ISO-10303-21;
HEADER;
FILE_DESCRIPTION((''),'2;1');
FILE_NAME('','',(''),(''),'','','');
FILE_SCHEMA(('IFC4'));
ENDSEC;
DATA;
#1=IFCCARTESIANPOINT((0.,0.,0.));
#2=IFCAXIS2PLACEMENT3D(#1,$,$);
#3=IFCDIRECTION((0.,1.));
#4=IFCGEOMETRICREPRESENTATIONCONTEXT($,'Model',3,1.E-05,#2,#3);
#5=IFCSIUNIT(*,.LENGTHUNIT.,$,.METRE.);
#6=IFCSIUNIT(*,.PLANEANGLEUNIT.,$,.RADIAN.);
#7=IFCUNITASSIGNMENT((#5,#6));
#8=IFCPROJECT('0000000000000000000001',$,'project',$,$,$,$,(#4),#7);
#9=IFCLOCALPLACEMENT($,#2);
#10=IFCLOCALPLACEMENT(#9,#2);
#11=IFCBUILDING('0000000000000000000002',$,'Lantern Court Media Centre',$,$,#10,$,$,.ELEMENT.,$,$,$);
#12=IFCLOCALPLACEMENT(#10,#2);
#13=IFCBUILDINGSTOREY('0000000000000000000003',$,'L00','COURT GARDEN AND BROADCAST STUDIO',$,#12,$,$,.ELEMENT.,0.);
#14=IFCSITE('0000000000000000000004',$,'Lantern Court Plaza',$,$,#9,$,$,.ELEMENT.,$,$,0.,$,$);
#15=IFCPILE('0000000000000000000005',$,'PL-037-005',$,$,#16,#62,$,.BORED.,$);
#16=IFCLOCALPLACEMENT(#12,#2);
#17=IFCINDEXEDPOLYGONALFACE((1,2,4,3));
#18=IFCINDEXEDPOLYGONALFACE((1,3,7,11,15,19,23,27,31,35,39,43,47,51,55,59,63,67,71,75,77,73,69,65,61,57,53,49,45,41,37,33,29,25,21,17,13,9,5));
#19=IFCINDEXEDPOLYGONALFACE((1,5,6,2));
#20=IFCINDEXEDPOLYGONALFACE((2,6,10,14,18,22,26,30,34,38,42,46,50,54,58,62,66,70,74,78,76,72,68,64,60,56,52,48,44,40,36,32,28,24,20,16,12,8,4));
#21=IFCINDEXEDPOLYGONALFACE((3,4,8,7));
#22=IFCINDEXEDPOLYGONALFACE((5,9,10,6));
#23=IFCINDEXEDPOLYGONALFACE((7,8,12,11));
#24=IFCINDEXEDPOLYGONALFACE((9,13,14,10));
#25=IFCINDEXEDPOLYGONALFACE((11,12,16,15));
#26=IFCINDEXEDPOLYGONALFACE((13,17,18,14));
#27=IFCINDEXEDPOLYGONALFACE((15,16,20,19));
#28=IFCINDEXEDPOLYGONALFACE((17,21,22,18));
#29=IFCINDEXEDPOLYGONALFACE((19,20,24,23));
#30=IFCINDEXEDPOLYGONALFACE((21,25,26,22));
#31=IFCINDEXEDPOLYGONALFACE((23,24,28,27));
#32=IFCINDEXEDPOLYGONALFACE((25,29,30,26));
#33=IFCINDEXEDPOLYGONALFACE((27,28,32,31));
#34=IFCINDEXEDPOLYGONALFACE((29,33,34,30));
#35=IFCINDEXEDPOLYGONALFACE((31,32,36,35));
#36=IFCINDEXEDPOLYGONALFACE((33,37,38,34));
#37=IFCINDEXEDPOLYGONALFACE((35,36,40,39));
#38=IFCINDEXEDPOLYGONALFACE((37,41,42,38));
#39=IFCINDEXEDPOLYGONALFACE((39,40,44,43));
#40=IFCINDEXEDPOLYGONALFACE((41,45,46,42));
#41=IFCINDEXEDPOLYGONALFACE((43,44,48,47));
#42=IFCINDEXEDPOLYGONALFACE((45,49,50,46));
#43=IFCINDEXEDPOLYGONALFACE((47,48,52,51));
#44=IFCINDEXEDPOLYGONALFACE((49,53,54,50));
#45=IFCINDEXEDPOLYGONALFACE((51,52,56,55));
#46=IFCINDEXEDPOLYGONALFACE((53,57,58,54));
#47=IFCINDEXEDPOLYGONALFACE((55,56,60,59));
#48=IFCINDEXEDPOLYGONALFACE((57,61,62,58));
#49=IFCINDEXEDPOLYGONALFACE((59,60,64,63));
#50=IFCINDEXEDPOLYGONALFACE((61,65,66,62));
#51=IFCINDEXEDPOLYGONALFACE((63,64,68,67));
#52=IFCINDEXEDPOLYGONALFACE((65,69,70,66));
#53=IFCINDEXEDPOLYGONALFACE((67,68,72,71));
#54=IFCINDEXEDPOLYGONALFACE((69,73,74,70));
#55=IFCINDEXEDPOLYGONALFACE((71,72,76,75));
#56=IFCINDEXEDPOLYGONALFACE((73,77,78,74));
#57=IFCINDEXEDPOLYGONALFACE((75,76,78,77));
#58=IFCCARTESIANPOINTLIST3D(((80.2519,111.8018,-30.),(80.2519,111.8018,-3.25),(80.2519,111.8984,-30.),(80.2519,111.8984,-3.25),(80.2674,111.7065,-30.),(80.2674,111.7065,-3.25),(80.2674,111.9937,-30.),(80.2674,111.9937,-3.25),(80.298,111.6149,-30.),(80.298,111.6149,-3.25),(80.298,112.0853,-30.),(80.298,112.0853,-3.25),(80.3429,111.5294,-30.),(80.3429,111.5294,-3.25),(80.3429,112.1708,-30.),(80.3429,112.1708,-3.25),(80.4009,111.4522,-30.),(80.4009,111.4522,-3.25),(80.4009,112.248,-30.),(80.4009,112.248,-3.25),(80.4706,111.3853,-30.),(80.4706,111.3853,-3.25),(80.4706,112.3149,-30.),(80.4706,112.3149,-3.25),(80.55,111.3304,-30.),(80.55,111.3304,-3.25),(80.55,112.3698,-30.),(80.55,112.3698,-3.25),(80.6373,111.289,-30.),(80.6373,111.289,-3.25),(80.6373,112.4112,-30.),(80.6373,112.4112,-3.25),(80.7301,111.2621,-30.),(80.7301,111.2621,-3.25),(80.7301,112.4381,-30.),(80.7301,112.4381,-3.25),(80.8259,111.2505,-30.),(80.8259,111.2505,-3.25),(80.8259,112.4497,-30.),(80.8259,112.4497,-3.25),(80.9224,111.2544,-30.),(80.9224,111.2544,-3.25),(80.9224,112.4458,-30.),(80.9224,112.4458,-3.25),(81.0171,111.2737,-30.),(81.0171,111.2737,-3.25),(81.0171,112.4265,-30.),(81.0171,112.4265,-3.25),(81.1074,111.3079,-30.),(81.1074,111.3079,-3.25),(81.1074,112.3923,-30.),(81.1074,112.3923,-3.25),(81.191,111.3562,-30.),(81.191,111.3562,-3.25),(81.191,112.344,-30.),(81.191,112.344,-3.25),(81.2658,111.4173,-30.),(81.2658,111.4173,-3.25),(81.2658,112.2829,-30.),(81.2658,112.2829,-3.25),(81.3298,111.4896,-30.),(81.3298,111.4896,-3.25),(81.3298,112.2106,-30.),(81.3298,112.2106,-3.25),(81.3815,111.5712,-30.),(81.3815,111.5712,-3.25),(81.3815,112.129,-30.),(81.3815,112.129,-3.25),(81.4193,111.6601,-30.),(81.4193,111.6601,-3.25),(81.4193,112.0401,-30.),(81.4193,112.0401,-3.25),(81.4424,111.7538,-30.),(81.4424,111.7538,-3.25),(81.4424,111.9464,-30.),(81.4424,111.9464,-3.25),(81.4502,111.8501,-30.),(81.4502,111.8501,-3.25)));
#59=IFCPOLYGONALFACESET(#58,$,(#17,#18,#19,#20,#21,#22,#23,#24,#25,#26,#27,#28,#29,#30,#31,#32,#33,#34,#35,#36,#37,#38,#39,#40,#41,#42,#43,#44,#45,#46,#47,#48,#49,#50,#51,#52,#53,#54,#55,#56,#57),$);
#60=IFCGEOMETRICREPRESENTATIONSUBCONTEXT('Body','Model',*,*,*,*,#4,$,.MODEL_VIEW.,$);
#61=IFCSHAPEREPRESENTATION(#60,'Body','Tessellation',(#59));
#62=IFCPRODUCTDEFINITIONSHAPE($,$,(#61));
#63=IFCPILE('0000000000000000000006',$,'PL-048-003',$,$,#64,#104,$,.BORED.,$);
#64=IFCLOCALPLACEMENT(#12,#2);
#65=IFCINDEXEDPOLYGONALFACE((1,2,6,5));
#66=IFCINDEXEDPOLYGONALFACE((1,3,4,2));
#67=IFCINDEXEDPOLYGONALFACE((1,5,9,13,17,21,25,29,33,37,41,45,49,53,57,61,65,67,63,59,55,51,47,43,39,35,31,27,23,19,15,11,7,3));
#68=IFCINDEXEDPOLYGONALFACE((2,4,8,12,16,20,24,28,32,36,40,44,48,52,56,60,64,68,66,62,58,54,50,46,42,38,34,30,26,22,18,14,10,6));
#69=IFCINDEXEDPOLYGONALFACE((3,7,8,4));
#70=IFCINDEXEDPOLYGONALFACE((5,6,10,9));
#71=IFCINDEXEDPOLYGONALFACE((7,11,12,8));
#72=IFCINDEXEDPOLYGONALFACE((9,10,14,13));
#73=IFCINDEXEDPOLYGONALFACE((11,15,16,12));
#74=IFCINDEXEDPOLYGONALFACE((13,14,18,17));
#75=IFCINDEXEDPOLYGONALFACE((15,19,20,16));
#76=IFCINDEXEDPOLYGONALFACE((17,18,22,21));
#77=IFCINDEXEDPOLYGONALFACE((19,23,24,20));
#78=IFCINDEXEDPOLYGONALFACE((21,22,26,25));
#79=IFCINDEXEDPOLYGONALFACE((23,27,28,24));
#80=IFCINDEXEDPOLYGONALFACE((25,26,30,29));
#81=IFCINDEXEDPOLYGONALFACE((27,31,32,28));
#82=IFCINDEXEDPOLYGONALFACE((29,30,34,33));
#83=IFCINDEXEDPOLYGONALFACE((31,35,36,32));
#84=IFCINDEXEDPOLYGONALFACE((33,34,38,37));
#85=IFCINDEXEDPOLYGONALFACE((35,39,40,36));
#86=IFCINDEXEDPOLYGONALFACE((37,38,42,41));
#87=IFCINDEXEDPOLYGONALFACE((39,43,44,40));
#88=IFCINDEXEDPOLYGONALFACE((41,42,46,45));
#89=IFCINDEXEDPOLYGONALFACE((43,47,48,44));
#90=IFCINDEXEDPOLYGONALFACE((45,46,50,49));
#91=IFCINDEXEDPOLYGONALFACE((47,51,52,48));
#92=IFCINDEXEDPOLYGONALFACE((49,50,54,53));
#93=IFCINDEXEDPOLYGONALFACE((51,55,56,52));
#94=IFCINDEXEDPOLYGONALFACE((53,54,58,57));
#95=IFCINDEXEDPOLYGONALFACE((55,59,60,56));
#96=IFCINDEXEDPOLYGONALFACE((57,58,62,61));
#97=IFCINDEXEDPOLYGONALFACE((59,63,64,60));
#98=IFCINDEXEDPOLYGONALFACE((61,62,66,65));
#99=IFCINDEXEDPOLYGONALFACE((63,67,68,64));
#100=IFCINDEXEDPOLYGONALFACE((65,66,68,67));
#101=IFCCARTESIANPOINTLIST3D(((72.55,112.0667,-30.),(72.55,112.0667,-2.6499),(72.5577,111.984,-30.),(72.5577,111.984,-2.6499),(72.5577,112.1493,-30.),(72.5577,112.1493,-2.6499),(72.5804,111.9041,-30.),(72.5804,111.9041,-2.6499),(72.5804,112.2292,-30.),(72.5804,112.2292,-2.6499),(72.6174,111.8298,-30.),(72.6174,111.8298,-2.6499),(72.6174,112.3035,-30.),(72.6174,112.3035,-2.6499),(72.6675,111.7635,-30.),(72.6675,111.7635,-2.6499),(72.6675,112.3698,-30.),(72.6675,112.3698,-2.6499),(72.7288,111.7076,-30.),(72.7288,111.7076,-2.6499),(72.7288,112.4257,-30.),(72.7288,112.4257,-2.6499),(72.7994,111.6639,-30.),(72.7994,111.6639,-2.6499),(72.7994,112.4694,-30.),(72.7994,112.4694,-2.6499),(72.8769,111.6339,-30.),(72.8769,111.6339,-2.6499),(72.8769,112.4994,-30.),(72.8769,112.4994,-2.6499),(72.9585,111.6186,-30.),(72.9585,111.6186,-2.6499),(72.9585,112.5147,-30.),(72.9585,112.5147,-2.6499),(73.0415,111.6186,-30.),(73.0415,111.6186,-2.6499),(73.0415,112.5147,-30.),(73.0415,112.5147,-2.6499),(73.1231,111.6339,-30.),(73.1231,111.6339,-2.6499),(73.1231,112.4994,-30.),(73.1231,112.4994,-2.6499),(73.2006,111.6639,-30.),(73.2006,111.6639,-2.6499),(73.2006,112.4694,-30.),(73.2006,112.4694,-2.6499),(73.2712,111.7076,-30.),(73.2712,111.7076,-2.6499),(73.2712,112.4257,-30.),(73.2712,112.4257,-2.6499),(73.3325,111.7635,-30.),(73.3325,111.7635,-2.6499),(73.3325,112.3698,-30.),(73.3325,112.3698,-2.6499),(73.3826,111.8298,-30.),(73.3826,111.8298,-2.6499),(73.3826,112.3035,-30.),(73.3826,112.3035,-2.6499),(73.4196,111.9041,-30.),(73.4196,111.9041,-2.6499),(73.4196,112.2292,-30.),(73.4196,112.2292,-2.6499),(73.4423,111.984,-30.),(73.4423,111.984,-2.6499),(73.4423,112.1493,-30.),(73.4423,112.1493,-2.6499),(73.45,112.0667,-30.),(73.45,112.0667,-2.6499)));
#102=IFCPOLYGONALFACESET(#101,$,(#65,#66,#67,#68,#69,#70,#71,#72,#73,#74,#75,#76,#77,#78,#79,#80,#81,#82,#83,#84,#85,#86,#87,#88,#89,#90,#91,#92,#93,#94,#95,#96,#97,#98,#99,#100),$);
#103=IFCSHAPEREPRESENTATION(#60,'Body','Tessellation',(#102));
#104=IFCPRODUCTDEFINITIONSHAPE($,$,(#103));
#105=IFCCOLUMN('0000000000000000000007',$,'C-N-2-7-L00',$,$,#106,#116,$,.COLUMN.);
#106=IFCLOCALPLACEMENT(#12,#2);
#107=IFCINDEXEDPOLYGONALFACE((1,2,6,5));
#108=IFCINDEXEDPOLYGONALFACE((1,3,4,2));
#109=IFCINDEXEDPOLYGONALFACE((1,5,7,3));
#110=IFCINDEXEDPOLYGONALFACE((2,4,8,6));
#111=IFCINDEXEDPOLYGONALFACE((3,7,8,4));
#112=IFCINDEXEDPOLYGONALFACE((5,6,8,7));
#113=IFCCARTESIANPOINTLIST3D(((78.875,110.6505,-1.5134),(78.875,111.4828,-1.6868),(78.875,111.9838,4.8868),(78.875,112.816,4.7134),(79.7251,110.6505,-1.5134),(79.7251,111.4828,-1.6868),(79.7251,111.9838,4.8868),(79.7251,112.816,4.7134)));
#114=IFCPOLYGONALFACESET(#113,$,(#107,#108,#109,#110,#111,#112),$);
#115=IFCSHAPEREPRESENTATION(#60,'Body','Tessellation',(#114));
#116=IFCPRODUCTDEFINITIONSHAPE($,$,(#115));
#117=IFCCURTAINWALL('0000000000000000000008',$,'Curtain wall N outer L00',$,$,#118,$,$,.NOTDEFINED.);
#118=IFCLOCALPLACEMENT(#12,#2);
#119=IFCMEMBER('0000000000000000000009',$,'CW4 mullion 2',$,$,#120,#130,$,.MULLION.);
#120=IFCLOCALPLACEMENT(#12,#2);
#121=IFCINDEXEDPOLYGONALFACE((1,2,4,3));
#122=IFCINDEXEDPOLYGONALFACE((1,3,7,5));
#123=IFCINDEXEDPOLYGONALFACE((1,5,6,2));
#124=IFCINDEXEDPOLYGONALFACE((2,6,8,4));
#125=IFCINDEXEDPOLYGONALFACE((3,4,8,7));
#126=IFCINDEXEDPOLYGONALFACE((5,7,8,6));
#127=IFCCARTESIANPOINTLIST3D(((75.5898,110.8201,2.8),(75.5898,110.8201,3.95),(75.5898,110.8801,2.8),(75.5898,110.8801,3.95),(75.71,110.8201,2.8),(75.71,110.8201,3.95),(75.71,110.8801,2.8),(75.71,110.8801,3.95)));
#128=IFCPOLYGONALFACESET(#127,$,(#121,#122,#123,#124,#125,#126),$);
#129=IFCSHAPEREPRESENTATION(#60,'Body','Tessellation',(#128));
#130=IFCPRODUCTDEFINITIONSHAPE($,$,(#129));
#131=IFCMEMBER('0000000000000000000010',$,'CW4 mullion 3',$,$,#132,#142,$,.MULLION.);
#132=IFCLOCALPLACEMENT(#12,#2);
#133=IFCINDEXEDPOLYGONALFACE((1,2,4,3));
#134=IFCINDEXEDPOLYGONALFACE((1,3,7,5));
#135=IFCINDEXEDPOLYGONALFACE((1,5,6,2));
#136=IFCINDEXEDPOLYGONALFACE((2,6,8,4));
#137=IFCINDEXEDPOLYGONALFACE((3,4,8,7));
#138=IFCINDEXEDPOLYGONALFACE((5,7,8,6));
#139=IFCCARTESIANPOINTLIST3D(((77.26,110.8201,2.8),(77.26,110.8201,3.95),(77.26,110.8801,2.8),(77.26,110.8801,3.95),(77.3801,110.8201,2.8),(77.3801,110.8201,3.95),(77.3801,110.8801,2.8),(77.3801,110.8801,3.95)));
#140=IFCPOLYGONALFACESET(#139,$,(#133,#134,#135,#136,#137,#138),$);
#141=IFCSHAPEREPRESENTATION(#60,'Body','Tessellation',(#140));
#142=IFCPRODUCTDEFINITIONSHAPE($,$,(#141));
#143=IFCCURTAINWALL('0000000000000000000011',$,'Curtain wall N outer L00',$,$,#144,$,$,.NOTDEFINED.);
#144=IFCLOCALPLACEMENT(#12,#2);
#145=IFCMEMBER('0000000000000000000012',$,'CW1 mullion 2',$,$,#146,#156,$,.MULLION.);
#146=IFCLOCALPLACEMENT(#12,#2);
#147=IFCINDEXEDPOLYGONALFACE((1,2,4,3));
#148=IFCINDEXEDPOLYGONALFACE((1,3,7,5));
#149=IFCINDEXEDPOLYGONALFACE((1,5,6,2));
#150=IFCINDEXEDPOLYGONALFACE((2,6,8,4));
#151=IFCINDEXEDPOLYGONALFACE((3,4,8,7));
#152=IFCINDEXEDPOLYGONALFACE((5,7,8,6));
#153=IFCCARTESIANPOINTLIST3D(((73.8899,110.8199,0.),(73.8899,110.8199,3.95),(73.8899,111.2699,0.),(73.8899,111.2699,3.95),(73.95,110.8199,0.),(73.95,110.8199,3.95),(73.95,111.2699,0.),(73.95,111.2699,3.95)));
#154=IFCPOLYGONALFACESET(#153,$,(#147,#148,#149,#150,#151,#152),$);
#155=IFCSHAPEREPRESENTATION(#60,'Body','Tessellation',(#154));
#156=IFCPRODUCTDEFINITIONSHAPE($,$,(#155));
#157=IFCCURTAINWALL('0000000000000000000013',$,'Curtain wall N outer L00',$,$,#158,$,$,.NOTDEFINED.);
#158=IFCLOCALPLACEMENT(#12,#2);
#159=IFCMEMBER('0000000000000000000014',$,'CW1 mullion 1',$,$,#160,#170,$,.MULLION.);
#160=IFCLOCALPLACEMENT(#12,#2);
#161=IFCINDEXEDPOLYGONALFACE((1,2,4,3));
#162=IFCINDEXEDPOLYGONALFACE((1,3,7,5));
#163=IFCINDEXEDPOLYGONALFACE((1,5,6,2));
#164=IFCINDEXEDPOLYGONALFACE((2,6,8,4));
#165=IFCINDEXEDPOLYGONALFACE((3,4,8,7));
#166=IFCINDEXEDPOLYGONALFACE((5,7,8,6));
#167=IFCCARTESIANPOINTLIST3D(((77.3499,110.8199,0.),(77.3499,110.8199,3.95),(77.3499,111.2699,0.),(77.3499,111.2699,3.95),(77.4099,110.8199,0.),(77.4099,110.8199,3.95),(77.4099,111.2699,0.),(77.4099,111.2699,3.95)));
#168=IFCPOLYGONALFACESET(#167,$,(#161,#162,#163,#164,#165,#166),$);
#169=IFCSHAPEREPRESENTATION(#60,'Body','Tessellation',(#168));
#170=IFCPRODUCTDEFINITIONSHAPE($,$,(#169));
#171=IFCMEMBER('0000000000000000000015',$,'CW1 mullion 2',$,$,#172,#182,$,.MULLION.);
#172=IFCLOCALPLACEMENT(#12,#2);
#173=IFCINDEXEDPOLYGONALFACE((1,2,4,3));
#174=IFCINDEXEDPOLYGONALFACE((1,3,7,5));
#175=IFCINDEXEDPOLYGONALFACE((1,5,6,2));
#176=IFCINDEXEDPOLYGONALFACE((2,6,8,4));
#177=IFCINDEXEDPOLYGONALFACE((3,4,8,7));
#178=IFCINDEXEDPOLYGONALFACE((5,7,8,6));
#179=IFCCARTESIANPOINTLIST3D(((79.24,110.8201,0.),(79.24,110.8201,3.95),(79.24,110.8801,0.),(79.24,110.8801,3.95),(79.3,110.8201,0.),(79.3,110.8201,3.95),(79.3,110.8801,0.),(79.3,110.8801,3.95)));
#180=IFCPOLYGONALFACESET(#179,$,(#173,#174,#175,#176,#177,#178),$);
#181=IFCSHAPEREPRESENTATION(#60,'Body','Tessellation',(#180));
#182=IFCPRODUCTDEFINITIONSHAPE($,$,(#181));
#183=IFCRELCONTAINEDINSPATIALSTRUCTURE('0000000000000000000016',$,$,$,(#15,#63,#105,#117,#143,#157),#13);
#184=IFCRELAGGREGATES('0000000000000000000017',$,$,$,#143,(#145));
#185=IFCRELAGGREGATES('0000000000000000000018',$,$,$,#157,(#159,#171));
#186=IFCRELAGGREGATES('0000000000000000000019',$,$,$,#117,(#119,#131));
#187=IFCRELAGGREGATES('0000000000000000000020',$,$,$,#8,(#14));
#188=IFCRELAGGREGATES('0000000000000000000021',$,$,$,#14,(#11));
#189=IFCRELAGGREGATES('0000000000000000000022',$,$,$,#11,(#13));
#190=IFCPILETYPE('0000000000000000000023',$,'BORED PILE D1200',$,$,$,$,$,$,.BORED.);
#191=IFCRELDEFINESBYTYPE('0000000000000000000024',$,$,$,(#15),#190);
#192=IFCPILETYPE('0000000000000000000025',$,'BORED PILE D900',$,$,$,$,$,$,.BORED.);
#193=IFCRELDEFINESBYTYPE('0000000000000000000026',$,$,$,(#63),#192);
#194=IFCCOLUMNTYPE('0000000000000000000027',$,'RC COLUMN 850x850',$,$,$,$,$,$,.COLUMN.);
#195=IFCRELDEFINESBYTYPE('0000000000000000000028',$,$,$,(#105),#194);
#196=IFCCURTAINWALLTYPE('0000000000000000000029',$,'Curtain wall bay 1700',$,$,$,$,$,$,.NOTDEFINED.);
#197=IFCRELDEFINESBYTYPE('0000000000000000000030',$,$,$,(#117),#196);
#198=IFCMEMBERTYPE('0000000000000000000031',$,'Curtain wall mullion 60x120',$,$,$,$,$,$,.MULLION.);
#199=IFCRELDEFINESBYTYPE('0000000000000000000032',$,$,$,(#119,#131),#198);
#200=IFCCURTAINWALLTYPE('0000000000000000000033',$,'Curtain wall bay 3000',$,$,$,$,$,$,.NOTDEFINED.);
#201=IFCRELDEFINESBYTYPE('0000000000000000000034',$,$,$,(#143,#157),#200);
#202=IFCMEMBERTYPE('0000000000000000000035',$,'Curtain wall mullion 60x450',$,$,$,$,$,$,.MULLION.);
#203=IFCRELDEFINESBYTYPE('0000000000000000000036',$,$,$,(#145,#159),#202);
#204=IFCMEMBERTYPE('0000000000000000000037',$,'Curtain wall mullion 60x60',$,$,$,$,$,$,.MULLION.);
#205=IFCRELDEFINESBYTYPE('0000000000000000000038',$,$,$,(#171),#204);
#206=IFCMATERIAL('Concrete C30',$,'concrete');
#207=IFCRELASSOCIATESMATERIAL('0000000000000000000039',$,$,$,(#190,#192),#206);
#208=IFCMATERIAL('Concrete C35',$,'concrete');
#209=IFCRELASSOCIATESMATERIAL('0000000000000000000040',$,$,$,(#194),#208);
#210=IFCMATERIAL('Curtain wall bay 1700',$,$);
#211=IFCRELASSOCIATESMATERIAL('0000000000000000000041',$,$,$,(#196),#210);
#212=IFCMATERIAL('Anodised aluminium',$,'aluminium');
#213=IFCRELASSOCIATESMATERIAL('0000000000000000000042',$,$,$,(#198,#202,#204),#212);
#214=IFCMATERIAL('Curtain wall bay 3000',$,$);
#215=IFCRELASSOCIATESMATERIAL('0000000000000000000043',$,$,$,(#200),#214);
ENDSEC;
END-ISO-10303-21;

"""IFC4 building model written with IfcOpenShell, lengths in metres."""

from ifc_helpers import new_model, si_unit, direction, frame, origin, origin_2d, place, context, subcontext, project, spatial, rectangle, circle, extrude, material, material_profile, profile_set, type_object, element, aggregate, save


model = new_model("IFC4")

# Units and contexts
model_context = context("Model", 3, precision=1e-05, world=origin(), true_north=direction((0.0, 1.0)))
body_context = subcontext(model_context, "Body", "Model", "MODEL_VIEW")
ifc_project = project(units=[si_unit("LENGTHUNIT", "METRE"), si_unit("PLANEANGLEUNIT", "RADIAN")], contexts=[model_context])

# Site, building, storey
site_placement = place(None, origin())
site = spatial("IfcSite", under=ifc_project, at=site_placement, Name="Lantern Court Plaza", CompositionType="ELEMENT", RefElevation=0.0)
building_placement = place(site_placement, origin())
building = spatial("IfcBuilding", under=site, at=building_placement, Name="Lantern Court Media Centre", CompositionType="ELEMENT")
storey_placement = place(building_placement, origin())
storey = spatial("IfcBuildingStorey", under=building, at=storey_placement, Name="L00", Description="COURT GARDEN AND BROADCAST STUDIO", CompositionType="ELEMENT", Elevation=0.0)

# Piles
ifc_material_1 = material(Name="Concrete C30", Category="concrete")
ifc_material_profile_1 = material_profile(ifc_material_1, circle(Radius=0.6001, at=origin_2d()), Name="D1200")
ifc_profile_set_1 = profile_set([ifc_material_profile_1], Name="Concrete C30")
pile_type_1 = type_object("IfcPileType", Name="BORED PILE D1200", PredefinedType="BORED", material=ifc_profile_set_1)
pile_1_placement = place(storey_placement, frame((80.8501, 111.8501, -3.25), z_axis=(0.0, 0.0, -1.0), x_axis=(1.0, 0.0, 0.0)))
element("IfcPile", 1, at=pile_1_placement, inside=storey, type_object=pile_type_1, Name="PL-037-005", PredefinedType="BORED", context=body_context, shape_type="SweptSolid", body=[
    extrude(circle(Radius=0.6001, at=origin_2d()), origin(), (0.0, 0.0, 1.0), 26.75),
])
ifc_material_profile_2 = material_profile(ifc_material_1, circle(Radius=0.45, at=origin_2d()), Name="D900")
ifc_profile_set_2 = profile_set([ifc_material_profile_2], Name="Concrete C30")
pile_type_2 = type_object("IfcPileType", Name="BORED PILE D900", PredefinedType="BORED", material=ifc_profile_set_2)
pile_2_placement = place(storey_placement, frame((73.0, 112.0667, -2.6499), z_axis=(0.0, 0.0, -1.0), x_axis=(1.0, 0.0, 0.0)))
element("IfcPile", 2, at=pile_2_placement, inside=storey, type_object=pile_type_2, Name="PL-048-003", PredefinedType="BORED", context=body_context, shape_type="SweptSolid", body=[
    extrude(circle(Radius=0.45, at=origin_2d()), origin(), (0.0, 0.0, 1.0), 27.3501),
])

# Column
ifc_material_2 = material(Name="Concrete C35", Category="concrete")
ifc_material_profile_3 = material_profile(ifc_material_2, rectangle(XDim=0.8501, YDim=0.8501, at=origin_2d()), Name="RC 850x850")
ifc_profile_set_3 = profile_set([ifc_material_profile_3], Name="Concrete C35")
column_type = type_object("IfcColumnType", Name="RC COLUMN 850x850", PredefinedType="COLUMN", material=ifc_profile_set_3)
column_placement = place(storey_placement, frame((79.3, 111.0667, -1.6001), z_axis=(0.0, 0.203938, 0.978984), x_axis=(-1.0, 0.0, 0.0)))
element("IfcColumn", 3, at=column_placement, inside=storey, type_object=column_type, Name="C-N-2-7-L00", PredefinedType="COLUMN", context=body_context, shape_type="SweptSolid", body=[
    extrude(rectangle(XDim=0.8501, YDim=0.8501, at=origin_2d()), origin(), (0.0, 0.0, 1.0), 6.5376),
])

# Curtain wall, members
ifc_material_3 = material(Name="Curtain wall bay 1700")
curtain_wall_type_1 = type_object("IfcCurtainWallType", Name="Curtain wall bay 1700", PredefinedType="NOTDEFINED", material=ifc_material_3)
curtain_wall_1_placement = place(storey_placement, origin())
curtain_wall_1 = element("IfcCurtainWall", 4, at=curtain_wall_1_placement, inside=storey, type_object=curtain_wall_type_1, Name="Curtain wall N outer L00", PredefinedType="NOTDEFINED")
ifc_material_4 = material(Name="Anodised aluminium", Category="aluminium")
ifc_material_profile_4 = material_profile(ifc_material_4, rectangle(XDim=0.0601, YDim=0.1201, at=origin_2d()), Name="AL 60x120")
ifc_profile_set_4 = profile_set([ifc_material_profile_4], Name="Anodised aluminium")
member_type_1 = type_object("IfcMemberType", Name="Curtain wall mullion 60x120", PredefinedType="MULLION", material=ifc_profile_set_4)
member_1_placement = place(storey_placement, frame((75.6499, 110.8501, 2.8), z_axis=(0.0, 0.0, 1.0), x_axis=(0.0, 1.0, 0.0)))
member_1 = element("IfcMember", 5, at=member_1_placement, type_object=member_type_1, Name="CW4 mullion 2", PredefinedType="MULLION", context=body_context, shape_type="SweptSolid", body=[
    extrude(rectangle(XDim=0.0601, YDim=0.1201, at=origin_2d()), origin(), (0.0, 0.0, 1.0), 1.1499),
])
member_2_placement = place(storey_placement, frame((77.3201, 110.8501, 2.8), z_axis=(0.0, 0.0, 1.0), x_axis=(0.0, 1.0, 0.0)))
member_2 = element("IfcMember", 6, at=member_2_placement, type_object=member_type_1, Name="CW4 mullion 3", PredefinedType="MULLION", context=body_context, shape_type="SweptSolid", body=[
    extrude(rectangle(XDim=0.0601, YDim=0.1201, at=origin_2d()), origin(), (0.0, 0.0, 1.0), 1.1499),
])

# Curtain wall, member
ifc_material_5 = material(Name="Curtain wall bay 3000")
curtain_wall_type_2 = type_object("IfcCurtainWallType", Name="Curtain wall bay 3000", PredefinedType="NOTDEFINED", material=ifc_material_5)
curtain_wall_2_placement = place(storey_placement, origin())
curtain_wall_2 = element("IfcCurtainWall", 7, at=curtain_wall_2_placement, inside=storey, type_object=curtain_wall_type_2, Name="Curtain wall N outer L00", PredefinedType="NOTDEFINED")
ifc_material_profile_5 = material_profile(ifc_material_4, rectangle(XDim=0.45, YDim=0.0601, at=origin_2d()), Name="AL 60x450")
ifc_profile_set_5 = profile_set([ifc_material_profile_5], Name="Anodised aluminium")
member_type_2 = type_object("IfcMemberType", Name="Curtain wall mullion 60x450", PredefinedType="MULLION", material=ifc_profile_set_5)
member_3_placement = place(storey_placement, frame((73.9199, 111.0449, 0.0), z_axis=(0.0, 0.0, 1.0), x_axis=(0.0, 1.0, 0.0)))
member_3 = element("IfcMember", 8, at=member_3_placement, type_object=member_type_2, Name="CW1 mullion 2", PredefinedType="MULLION", context=body_context, shape_type="SweptSolid", body=[
    extrude(rectangle(XDim=0.45, YDim=0.0601, at=origin_2d()), origin(), (0.0, 0.0, 1.0), 3.95),
])
aggregate(curtain_wall_2, [member_3])

# Curtain wall, members
curtain_wall_3_placement = place(storey_placement, origin())
curtain_wall_3 = element("IfcCurtainWall", 9, at=curtain_wall_3_placement, inside=storey, type_object=curtain_wall_type_2, Name="Curtain wall N outer L00", PredefinedType="NOTDEFINED")
member_4_placement = place(storey_placement, frame((77.3799, 111.0449, 0.0), z_axis=(0.0, 0.0, 1.0), x_axis=(0.0, 1.0, 0.0)))
member_4 = element("IfcMember", 10, at=member_4_placement, type_object=member_type_2, Name="CW1 mullion 1", PredefinedType="MULLION", context=body_context, shape_type="SweptSolid", body=[
    extrude(rectangle(XDim=0.45, YDim=0.0601, at=origin_2d()), origin(), (0.0, 0.0, 1.0), 3.95),
])
ifc_material_profile_6 = material_profile(ifc_material_4, rectangle(XDim=0.0601, YDim=0.0601, at=origin_2d()), Name="AL 60x60")
ifc_profile_set_6 = profile_set([ifc_material_profile_6], Name="Anodised aluminium")
member_type_3 = type_object("IfcMemberType", Name="Curtain wall mullion 60x60", PredefinedType="MULLION", material=ifc_profile_set_6)
member_5_placement = place(storey_placement, frame((79.27, 110.8501, 0.0), z_axis=(0.0, 0.0, 1.0), x_axis=(0.0, 1.0, 0.0)))
member_5 = element("IfcMember", 11, at=member_5_placement, type_object=member_type_3, Name="CW1 mullion 2", PredefinedType="MULLION", context=body_context, shape_type="SweptSolid", body=[
    extrude(rectangle(XDim=0.0601, YDim=0.0601, at=origin_2d()), origin(), (0.0, 0.0, 1.0), 3.95),
])

aggregate(curtain_wall_3, [member_4, member_5])
aggregate(curtain_wall_1, [member_1, member_2])

save(model, "model.ifc")
